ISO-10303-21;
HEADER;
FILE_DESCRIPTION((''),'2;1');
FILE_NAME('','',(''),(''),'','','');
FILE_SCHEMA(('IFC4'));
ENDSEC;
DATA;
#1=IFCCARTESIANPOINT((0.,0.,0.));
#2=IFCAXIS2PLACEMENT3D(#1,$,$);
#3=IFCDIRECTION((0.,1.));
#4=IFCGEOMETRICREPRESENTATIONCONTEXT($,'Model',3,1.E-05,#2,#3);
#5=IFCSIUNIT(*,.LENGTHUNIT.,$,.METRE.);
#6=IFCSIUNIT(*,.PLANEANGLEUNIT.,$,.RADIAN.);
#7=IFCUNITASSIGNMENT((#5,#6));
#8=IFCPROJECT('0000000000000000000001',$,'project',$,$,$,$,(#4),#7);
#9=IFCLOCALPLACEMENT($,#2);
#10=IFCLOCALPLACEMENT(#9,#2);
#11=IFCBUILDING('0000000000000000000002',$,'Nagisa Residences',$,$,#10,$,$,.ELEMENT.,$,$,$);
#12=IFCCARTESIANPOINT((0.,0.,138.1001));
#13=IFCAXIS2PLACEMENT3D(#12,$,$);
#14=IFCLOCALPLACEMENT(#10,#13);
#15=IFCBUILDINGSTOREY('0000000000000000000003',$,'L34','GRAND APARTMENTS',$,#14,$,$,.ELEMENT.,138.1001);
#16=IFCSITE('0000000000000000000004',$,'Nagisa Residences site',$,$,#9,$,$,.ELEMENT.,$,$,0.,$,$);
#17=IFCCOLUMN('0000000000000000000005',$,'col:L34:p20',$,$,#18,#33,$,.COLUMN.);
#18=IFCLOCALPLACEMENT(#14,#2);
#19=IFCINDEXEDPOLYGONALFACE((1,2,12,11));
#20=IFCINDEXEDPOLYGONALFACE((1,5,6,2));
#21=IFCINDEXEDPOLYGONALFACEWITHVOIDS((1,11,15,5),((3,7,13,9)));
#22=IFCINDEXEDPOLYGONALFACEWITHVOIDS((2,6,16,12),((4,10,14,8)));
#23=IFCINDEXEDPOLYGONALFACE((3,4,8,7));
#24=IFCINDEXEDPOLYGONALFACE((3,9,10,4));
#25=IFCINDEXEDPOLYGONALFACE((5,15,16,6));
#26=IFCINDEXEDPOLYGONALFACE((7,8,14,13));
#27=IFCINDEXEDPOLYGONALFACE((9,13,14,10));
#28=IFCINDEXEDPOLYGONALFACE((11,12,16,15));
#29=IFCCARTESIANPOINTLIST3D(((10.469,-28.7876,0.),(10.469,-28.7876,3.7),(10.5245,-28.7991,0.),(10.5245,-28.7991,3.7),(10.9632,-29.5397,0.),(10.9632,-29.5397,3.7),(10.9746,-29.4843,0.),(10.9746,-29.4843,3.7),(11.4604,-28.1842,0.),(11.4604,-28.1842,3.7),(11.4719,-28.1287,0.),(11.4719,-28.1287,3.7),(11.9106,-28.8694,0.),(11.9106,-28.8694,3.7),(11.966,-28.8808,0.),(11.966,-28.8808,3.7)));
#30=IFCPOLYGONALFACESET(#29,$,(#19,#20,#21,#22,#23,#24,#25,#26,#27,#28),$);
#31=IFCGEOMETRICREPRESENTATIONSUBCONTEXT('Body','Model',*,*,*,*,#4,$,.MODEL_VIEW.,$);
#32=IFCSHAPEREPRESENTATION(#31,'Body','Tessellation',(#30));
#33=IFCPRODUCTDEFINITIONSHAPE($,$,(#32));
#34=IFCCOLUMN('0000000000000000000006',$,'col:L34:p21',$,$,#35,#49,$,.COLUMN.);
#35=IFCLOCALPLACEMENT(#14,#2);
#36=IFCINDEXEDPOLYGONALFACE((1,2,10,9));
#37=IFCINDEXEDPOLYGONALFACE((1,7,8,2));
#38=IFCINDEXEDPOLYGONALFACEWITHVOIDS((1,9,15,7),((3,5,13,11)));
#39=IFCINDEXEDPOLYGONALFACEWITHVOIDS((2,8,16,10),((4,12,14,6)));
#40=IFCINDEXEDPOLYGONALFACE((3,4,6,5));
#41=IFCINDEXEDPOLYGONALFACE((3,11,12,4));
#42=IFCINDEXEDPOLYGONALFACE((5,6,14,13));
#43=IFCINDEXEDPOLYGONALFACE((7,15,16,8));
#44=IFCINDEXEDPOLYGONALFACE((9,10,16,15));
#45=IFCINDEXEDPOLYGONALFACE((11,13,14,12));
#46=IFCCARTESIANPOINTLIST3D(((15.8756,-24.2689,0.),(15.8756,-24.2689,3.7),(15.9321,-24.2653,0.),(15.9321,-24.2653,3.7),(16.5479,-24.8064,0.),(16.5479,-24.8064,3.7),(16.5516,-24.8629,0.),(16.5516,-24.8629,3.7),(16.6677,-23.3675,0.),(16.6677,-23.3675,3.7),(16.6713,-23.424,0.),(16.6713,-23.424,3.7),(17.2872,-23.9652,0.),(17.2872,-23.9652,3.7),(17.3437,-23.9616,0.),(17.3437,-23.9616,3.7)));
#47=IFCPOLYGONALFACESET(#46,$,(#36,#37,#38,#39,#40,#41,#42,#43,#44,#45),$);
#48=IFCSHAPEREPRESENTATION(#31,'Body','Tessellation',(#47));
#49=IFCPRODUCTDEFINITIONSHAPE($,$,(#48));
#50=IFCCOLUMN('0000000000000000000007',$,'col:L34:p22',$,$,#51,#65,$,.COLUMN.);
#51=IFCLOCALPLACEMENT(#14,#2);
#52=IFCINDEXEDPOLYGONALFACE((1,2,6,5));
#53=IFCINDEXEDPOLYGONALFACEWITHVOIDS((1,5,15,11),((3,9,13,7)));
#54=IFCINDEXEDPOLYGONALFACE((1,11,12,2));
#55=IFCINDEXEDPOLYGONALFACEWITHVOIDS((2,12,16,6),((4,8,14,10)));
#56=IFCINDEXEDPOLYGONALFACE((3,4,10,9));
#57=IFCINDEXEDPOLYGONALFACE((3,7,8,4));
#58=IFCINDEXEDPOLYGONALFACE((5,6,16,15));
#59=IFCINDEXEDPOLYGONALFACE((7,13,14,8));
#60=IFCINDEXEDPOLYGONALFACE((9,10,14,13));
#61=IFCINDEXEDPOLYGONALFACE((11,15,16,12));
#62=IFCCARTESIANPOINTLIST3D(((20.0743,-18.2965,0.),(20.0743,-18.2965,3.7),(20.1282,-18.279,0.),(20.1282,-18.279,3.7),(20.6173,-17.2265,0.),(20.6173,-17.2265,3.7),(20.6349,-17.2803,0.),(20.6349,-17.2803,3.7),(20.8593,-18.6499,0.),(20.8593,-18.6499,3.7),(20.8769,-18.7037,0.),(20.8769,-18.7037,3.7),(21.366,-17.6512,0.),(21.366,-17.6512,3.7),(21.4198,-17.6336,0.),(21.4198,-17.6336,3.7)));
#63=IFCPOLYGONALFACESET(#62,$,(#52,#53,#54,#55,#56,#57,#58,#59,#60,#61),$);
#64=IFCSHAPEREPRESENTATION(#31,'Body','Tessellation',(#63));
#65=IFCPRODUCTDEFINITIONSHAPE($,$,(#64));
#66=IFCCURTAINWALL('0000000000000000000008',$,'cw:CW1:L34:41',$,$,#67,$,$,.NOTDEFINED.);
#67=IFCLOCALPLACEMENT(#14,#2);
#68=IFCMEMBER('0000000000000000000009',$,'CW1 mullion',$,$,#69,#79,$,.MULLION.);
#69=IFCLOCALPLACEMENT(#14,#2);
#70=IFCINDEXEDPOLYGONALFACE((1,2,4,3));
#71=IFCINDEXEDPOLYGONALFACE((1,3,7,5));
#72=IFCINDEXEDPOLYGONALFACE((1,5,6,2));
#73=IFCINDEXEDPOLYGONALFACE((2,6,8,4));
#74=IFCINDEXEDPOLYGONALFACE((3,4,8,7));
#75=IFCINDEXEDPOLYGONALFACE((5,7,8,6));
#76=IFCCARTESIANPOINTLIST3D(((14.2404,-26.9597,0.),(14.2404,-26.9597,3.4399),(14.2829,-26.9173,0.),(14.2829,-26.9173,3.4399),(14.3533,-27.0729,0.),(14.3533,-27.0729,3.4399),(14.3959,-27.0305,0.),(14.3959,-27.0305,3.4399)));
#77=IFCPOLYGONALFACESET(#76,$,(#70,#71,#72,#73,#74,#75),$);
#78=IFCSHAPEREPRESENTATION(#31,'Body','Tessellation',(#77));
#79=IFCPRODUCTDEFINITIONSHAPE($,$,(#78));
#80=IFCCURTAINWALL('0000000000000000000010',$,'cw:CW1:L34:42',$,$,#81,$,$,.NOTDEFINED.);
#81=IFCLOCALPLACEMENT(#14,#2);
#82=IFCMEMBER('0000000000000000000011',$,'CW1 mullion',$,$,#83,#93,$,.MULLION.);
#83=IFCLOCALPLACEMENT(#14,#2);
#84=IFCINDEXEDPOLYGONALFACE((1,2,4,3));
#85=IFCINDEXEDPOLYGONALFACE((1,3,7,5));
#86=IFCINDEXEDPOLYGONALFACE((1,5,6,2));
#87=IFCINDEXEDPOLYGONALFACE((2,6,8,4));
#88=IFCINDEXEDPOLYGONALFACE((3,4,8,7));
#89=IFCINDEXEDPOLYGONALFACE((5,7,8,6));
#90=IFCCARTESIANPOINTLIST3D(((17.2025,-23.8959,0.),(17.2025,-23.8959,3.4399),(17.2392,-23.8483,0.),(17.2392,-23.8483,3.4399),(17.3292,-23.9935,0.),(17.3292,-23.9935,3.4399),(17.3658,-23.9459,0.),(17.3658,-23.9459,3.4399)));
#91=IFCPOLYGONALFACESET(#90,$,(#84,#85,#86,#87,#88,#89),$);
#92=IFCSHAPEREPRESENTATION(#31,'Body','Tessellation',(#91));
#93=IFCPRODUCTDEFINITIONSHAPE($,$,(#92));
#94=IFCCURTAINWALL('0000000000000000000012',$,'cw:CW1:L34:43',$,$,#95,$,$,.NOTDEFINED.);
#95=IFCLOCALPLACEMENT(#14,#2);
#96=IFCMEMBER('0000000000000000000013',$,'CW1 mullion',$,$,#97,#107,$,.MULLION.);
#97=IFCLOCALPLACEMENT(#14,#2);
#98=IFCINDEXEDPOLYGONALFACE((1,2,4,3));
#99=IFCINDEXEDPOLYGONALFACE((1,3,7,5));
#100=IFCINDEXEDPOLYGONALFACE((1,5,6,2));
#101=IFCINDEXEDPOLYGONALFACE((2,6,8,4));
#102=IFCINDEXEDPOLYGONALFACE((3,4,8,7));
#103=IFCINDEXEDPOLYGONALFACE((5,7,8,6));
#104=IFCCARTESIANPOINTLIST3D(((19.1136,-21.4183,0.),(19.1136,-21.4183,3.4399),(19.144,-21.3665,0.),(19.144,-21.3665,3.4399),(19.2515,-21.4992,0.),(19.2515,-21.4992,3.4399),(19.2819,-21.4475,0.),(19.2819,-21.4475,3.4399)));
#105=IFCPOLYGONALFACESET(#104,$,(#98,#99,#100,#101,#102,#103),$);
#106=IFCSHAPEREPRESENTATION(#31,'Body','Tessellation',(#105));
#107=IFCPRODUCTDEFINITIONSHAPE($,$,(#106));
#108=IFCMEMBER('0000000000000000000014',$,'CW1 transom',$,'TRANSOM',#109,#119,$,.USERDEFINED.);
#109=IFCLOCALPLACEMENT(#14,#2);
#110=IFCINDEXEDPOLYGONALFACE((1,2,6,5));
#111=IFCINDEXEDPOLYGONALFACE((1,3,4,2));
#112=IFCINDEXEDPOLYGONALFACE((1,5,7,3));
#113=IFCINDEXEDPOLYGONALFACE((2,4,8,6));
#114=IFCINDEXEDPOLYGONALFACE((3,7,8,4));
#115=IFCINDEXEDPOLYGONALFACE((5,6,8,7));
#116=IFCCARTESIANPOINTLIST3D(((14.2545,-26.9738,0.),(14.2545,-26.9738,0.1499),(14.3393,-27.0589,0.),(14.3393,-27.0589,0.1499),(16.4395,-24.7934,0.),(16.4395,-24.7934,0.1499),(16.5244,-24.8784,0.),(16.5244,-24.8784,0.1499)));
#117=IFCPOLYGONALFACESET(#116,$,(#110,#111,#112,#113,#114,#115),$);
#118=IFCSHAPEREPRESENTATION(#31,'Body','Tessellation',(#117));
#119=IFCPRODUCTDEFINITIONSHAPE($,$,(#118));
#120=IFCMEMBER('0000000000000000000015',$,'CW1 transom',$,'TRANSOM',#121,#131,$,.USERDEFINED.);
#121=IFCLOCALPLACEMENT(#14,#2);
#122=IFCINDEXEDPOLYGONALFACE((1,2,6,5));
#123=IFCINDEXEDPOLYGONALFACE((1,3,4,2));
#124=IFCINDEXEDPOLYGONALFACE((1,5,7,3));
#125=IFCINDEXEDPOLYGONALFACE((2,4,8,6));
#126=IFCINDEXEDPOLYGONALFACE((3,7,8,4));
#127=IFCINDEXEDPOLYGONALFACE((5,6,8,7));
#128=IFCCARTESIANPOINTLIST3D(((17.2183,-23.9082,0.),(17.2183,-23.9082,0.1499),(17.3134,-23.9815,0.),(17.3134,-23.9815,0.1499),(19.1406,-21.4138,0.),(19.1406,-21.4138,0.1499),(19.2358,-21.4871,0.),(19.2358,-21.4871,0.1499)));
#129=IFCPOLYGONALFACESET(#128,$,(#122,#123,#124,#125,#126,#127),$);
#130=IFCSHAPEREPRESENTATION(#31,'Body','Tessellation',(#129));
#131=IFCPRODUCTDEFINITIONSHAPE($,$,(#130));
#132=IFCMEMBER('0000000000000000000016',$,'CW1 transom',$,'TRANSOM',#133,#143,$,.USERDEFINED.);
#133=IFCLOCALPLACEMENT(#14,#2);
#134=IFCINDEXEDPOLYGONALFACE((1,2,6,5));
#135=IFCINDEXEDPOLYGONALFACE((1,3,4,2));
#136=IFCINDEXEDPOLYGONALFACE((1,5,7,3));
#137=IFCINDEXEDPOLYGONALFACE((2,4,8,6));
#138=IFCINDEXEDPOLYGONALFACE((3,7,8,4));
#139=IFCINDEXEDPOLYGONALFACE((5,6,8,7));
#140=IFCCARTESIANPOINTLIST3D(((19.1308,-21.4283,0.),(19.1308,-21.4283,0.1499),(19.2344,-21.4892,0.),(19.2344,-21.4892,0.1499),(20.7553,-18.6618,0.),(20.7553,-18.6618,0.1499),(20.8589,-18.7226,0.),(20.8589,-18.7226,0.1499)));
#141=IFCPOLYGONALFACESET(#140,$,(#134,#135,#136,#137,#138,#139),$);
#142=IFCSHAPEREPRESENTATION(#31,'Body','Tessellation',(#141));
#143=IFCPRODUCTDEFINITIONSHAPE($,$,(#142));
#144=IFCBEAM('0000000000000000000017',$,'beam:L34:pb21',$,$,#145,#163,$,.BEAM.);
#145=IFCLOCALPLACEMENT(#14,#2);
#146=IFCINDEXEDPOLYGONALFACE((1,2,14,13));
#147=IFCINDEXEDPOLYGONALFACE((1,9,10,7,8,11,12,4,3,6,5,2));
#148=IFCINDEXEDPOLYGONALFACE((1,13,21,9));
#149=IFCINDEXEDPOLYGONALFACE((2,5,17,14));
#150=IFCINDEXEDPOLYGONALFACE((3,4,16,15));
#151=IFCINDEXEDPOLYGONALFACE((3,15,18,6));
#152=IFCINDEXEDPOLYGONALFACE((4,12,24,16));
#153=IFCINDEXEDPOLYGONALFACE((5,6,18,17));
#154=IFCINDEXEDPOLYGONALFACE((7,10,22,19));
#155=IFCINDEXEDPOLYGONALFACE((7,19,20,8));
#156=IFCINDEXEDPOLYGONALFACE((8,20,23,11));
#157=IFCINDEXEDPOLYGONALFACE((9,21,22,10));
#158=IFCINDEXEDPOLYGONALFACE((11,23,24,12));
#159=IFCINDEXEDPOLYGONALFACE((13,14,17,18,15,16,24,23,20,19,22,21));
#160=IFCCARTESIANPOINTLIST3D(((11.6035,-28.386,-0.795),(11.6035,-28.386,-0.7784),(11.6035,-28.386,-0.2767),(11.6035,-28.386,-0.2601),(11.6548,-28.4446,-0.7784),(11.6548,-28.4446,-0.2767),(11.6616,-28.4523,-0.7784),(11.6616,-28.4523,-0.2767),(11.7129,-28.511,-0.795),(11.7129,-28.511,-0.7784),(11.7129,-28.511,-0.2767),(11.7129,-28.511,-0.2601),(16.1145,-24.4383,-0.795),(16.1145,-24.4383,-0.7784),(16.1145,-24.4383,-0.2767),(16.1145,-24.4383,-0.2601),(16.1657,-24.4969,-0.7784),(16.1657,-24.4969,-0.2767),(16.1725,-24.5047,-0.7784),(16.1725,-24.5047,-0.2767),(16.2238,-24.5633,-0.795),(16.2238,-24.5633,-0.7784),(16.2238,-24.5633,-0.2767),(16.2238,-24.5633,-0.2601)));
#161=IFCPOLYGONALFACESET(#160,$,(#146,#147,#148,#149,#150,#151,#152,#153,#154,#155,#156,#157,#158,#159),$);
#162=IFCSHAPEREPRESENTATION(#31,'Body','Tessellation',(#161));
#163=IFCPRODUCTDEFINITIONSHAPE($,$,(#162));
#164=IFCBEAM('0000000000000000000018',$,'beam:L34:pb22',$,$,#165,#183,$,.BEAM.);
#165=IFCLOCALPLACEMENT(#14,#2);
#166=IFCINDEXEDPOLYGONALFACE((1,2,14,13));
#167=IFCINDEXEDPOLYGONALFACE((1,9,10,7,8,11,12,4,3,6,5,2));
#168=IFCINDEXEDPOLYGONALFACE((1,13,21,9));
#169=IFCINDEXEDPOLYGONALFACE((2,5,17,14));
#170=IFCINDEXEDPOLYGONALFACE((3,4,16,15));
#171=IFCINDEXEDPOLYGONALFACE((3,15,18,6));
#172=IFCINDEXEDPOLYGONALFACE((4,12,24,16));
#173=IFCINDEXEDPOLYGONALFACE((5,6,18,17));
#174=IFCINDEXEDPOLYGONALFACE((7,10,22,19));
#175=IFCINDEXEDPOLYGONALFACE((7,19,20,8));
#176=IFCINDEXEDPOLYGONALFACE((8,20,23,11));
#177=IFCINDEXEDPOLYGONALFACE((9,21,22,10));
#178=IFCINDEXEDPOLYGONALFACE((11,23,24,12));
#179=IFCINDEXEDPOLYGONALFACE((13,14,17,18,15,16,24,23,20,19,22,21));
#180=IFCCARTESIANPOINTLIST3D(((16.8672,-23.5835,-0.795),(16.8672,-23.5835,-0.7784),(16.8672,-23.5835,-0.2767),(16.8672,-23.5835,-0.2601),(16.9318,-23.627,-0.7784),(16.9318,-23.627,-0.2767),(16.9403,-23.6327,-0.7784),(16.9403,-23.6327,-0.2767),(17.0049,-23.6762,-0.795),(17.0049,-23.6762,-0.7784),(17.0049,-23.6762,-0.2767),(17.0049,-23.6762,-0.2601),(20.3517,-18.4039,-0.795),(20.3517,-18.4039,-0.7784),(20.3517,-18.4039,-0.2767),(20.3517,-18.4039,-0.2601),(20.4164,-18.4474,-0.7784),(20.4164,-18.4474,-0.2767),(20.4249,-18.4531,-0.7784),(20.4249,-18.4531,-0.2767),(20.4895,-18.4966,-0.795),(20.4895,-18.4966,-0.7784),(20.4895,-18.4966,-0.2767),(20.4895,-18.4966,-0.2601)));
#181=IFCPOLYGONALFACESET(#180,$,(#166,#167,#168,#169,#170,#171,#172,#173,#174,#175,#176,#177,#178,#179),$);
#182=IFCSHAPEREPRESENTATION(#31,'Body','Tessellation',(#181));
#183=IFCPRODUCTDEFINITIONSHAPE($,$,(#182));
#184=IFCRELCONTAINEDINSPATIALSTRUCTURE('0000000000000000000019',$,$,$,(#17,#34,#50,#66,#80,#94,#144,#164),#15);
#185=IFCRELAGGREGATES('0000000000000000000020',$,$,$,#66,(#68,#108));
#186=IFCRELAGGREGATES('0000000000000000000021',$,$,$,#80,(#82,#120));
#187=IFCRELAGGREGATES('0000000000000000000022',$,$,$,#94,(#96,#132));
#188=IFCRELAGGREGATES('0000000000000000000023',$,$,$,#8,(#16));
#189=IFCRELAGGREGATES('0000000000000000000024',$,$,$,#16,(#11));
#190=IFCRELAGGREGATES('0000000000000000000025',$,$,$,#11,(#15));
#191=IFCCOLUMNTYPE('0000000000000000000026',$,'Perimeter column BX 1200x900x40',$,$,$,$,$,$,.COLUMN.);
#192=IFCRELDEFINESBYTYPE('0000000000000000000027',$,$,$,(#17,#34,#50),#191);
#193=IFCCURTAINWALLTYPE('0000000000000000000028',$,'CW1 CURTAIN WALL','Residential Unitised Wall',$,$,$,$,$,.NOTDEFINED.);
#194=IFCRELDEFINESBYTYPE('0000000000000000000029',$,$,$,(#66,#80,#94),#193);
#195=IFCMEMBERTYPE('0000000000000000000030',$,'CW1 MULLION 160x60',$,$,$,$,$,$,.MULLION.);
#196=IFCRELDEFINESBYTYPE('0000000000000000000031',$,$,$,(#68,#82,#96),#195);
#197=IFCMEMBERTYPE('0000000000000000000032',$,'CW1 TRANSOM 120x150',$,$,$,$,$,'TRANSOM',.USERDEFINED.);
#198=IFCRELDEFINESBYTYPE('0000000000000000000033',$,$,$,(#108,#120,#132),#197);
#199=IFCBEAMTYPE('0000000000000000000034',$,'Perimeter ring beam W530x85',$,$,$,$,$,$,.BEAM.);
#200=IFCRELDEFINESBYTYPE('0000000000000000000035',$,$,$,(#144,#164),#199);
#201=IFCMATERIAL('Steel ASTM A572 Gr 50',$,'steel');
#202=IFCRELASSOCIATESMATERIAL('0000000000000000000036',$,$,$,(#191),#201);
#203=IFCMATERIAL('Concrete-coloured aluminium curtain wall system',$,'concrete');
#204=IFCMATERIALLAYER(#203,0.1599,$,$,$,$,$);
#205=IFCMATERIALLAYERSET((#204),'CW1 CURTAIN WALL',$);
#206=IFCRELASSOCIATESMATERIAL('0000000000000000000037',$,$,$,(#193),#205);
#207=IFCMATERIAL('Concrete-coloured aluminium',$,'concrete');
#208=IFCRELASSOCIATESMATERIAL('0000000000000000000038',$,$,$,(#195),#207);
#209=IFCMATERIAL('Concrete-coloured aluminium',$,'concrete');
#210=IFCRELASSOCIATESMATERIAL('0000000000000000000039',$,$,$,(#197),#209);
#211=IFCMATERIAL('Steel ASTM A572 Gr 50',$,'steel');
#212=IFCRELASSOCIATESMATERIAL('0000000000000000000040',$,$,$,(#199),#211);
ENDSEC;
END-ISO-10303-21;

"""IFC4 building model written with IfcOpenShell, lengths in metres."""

from ifc_helpers import new_model, si_unit, direction, frame, origin, origin_2d, place, context, subcontext, project, spatial, rectangle, hollow_rectangle, i_section, extrude, material, layer, layer_set, material_profile, profile_set, type_object, element, aggregate, save


model = new_model("IFC4")

# Units and contexts
model_context = context("Model", 3, precision=1e-05, world=origin(), true_north=direction((0.0, 1.0)))
body_context = subcontext(model_context, "Body", "Model", "MODEL_VIEW")
ifc_project = project(units=[si_unit("LENGTHUNIT", "METRE"), si_unit("PLANEANGLEUNIT", "RADIAN")], contexts=[model_context])

# Site, building, storey
site_placement = place(None, origin())
site = spatial("IfcSite", under=ifc_project, at=site_placement, Name="Nagisa Residences site", CompositionType="ELEMENT", RefElevation=0.0)
building_placement = place(site_placement, origin())
building = spatial("IfcBuilding", under=site, at=building_placement, Name="Nagisa Residences", CompositionType="ELEMENT")
storey_placement = place(building_placement, frame((0.0, 0.0, 138.1001)))
storey = spatial("IfcBuildingStorey", under=building, at=storey_placement, Name="L34", Description="GRAND APARTMENTS", CompositionType="ELEMENT", Elevation=138.1001)

# Columns
ifc_material_1 = material(Name="Steel ASTM A572 Gr 50", Category="steel")
ifc_material_profile_1 = material_profile(ifc_material_1, hollow_rectangle(XDim=1.2, YDim=0.8999, WallThickness=0.04, at=origin_2d()), Name="BX 1200x900x40")
ifc_profile_set_1 = profile_set([ifc_material_profile_1], Name="Steel ASTM A572 Gr 50")
column_type = type_object("IfcColumnType", Name="Perimeter column BX 1200x900x40", PredefinedType="COLUMN", material=ifc_profile_set_1)
for number, where, z_axis, x_axis, name in (
    (1, (11.2175, -28.8342, 0.0), (0.0, 0.0, 1.0), (0.835766, 0.549086, 0.0), "col:L34:p20"),
    (2, (16.6096, -24.1152, 0.0), (0.0, 0.0, 1.0), (0.660115, 0.751165, 0.0), "col:L34:p21"),
    (3, (20.7471, -17.9651, 0.0), (0.0, 0.0, 1.0), (0.452463, 0.891783, 0.0), "col:L34:p22"),
):
    element("IfcColumn", number, at=place(storey_placement, frame(where, z_axis=z_axis, x_axis=x_axis)), inside=storey, type_object=column_type, Name=name, PredefinedType="COLUMN", context=body_context, shape_type="SweptSolid", body=[
        extrude(hollow_rectangle(XDim=1.2, YDim=0.8999, WallThickness=0.04, at=origin_2d()), origin(), (0.0, 0.0, 1.0), 3.7),
    ])

# Curtain walls, members
ifc_material_2 = material(Name="Concrete-coloured aluminium curtain wall system", Category="concrete")
ifc_layer_1 = layer(ifc_material_2, 0.1599)
ifc_layer_set_1 = layer_set([ifc_layer_1], Name="CW1 CURTAIN WALL")
curtain_wall_type = type_object("IfcCurtainWallType", Name="CW1 CURTAIN WALL", Description="Residential Unitised Wall", PredefinedType="NOTDEFINED", material=ifc_layer_set_1)
curtain_wall_1_placement = place(storey_placement, origin())
curtain_wall_1 = element("IfcCurtainWall", 4, at=curtain_wall_1_placement, inside=storey, type_object=curtain_wall_type, Name="cw:CW1:L34:41", PredefinedType="NOTDEFINED")
ifc_material_3 = material(Name="Concrete-coloured aluminium", Category="concrete")
ifc_material_profile_2 = material_profile(ifc_material_3, rectangle(XDim=0.1599, YDim=0.0601, at=origin_2d()), Name="CW1 MULLION 160x60")
ifc_profile_set_2 = profile_set([ifc_material_profile_2], Name="Concrete-coloured aluminium")
member_type_1 = type_object("IfcMemberType", Name="CW1 MULLION 160x60", PredefinedType="MULLION", material=ifc_profile_set_2)
member_1_placement = place(storey_placement, frame((14.3181, -26.9951, 0.0), z_axis=(0.0, 0.0, 1.0), x_axis=(-0.706377, 0.707836, 0.0)))
member_1 = element("IfcMember", 5, at=member_1_placement, type_object=member_type_1, Name="CW1 mullion", PredefinedType="MULLION", context=body_context, shape_type="SweptSolid", body=[
    extrude(rectangle(XDim=0.1599, YDim=0.0601, at=origin_2d()), origin(), (0.0, 0.0, 1.0), 3.4399),
])
curtain_wall_2_placement = place(storey_placement, origin())
curtain_wall_2 = element("IfcCurtainWall", 6, at=curtain_wall_2_placement, inside=storey, type_object=curtain_wall_type, Name="cw:CW1:L34:42", PredefinedType="NOTDEFINED")
member_2_placement = place(storey_placement, frame((17.2842, -23.9209, 0.0), z_axis=(0.0, 0.0, 1.0), x_axis=(-0.79207, 0.61043, 0.0)))
member_2 = element("IfcMember", 7, at=member_2_placement, type_object=member_type_1, Name="CW1 mullion", PredefinedType="MULLION", context=body_context, shape_type="SweptSolid", body=[
    extrude(rectangle(XDim=0.1599, YDim=0.0601, at=origin_2d()), origin(), (0.0, 0.0, 1.0), 3.4399),
])
curtain_wall_3_placement = place(storey_placement, origin())
curtain_wall_3 = element("IfcCurtainWall", 8, at=curtain_wall_3_placement, inside=storey, type_object=curtain_wall_type, Name="cw:CW1:L34:43", PredefinedType="NOTDEFINED")
member_3_placement = place(storey_placement, frame((19.1978, -21.4329, 0.0), z_axis=(0.0, 0.0, 1.0), x_axis=(-0.862329, 0.506349, 0.0)))
member_3 = element("IfcMember", 9, at=member_3_placement, type_object=member_type_1, Name="CW1 mullion", PredefinedType="MULLION", context=body_context, shape_type="SweptSolid", body=[
    extrude(rectangle(XDim=0.1599, YDim=0.0601, at=origin_2d()), origin(), (0.0, 0.0, 1.0), 3.4399),
])

# Members
ifc_material_4 = material(Name="Concrete-coloured aluminium", Category="concrete")
ifc_material_profile_3 = material_profile(ifc_material_4, rectangle(XDim=0.1201, YDim=0.1499, at=origin_2d()), Name="CW1 TRANSOM 120x150")
ifc_profile_set_3 = profile_set([ifc_material_profile_3], Name="Concrete-coloured aluminium")
member_type_2 = type_object("IfcMemberType", Name="CW1 TRANSOM 120x150", ElementType="TRANSOM", PredefinedType="USERDEFINED", material=ifc_profile_set_3)
member_4_placement = place(storey_placement, frame((14.2969, -27.0164, 0.075), z_axis=(0.707858, 0.706355, 0.0), x_axis=(-0.706355, 0.707858, 0.0)))
member_4 = element("IfcMember", 10, at=member_4_placement, type_object=member_type_2, Name="CW1 transom", ObjectType="TRANSOM", PredefinedType="USERDEFINED", context=body_context, shape_type="SweptSolid", body=[
    extrude(rectangle(XDim=0.1201, YDim=0.1499, at=origin_2d()), origin(), (0.0, 0.0, 1.0), 3.0869),
])
member_5_placement = place(storey_placement, frame((17.2659, -23.9448, 0.075), z_axis=(0.61043, 0.79207, 0.0), x_axis=(-0.79207, 0.61043, 0.0)))
member_5 = element("IfcMember", 11, at=member_5_placement, type_object=member_type_2, Name="CW1 transom", ObjectType="TRANSOM", PredefinedType="USERDEFINED", context=body_context, shape_type="SweptSolid", body=[
    extrude(rectangle(XDim=0.1201, YDim=0.1499, at=origin_2d()), origin(), (0.0, 0.0, 1.0), 3.1492),
])
member_6_placement = place(storey_placement, frame((19.1826, -21.4587, 0.075), z_axis=(0.506348, 0.862329, 0.0), x_axis=(-0.862329, 0.506348, 0.0)))
member_6 = element("IfcMember", 12, at=member_6_placement, type_object=member_type_2, Name="CW1 transom", ObjectType="TRANSOM", PredefinedType="USERDEFINED", context=body_context, shape_type="SweptSolid", body=[
    extrude(rectangle(XDim=0.1201, YDim=0.1499, at=origin_2d()), origin(), (0.0, 0.0, 1.0), 3.2083),
])

# Beams
ifc_material_5 = material(Name="Steel ASTM A572 Gr 50", Category="steel")
ifc_material_profile_4 = material_profile(ifc_material_5, i_section(OverallWidth=0.166, OverallDepth=0.5349, WebThickness=0.0103, FlangeThickness=0.0166, at=origin_2d()), Name="W530x85")
ifc_profile_set_4 = profile_set([ifc_material_profile_4], Name="Steel ASTM A572 Gr 50")
beam_type_1 = type_object("IfcBeamType", Name="Perimeter ring beam W530x85", PredefinedType="BEAM", material=ifc_profile_set_4)
beam_1_placement = place(storey_placement, frame((11.6582, -28.4485, -0.5276), z_axis=(0.752524, 0.658565, 0.0), x_axis=(-0.658565, 0.752524, 0.0)))
element("IfcBeam", 13, at=beam_1_placement, inside=storey, type_object=beam_type_1, Name="beam:L34:pb21", PredefinedType="BEAM", context=body_context, shape_type="SweptSolid", body=[
    extrude(i_section(OverallWidth=0.166, OverallDepth=0.5349, WebThickness=0.0103, FlangeThickness=0.0166, at=origin_2d()), origin(), (0.0, 0.0, 1.0), 5.9944),
])
beam_2_placement = place(storey_placement, frame((16.936, -23.6299, -0.5276), z_axis=(0.558188, 0.829715, 0.0), x_axis=(-0.829715, 0.558188, 0.0)))
element("IfcBeam", 14, at=beam_2_placement, inside=storey, type_object=beam_type_1, Name="beam:L34:pb22", PredefinedType="BEAM", context=body_context, shape_type="SweptSolid", body=[
    extrude(i_section(OverallWidth=0.166, OverallDepth=0.5349, WebThickness=0.0103, FlangeThickness=0.0166, at=origin_2d()), origin(), (0.0, 0.0, 1.0), 6.2427),
])

aggregate(curtain_wall_1, [member_1, member_4])
aggregate(curtain_wall_2, [member_2, member_5])
aggregate(curtain_wall_3, [member_3, member_6])

save(model, "model.ifc")
